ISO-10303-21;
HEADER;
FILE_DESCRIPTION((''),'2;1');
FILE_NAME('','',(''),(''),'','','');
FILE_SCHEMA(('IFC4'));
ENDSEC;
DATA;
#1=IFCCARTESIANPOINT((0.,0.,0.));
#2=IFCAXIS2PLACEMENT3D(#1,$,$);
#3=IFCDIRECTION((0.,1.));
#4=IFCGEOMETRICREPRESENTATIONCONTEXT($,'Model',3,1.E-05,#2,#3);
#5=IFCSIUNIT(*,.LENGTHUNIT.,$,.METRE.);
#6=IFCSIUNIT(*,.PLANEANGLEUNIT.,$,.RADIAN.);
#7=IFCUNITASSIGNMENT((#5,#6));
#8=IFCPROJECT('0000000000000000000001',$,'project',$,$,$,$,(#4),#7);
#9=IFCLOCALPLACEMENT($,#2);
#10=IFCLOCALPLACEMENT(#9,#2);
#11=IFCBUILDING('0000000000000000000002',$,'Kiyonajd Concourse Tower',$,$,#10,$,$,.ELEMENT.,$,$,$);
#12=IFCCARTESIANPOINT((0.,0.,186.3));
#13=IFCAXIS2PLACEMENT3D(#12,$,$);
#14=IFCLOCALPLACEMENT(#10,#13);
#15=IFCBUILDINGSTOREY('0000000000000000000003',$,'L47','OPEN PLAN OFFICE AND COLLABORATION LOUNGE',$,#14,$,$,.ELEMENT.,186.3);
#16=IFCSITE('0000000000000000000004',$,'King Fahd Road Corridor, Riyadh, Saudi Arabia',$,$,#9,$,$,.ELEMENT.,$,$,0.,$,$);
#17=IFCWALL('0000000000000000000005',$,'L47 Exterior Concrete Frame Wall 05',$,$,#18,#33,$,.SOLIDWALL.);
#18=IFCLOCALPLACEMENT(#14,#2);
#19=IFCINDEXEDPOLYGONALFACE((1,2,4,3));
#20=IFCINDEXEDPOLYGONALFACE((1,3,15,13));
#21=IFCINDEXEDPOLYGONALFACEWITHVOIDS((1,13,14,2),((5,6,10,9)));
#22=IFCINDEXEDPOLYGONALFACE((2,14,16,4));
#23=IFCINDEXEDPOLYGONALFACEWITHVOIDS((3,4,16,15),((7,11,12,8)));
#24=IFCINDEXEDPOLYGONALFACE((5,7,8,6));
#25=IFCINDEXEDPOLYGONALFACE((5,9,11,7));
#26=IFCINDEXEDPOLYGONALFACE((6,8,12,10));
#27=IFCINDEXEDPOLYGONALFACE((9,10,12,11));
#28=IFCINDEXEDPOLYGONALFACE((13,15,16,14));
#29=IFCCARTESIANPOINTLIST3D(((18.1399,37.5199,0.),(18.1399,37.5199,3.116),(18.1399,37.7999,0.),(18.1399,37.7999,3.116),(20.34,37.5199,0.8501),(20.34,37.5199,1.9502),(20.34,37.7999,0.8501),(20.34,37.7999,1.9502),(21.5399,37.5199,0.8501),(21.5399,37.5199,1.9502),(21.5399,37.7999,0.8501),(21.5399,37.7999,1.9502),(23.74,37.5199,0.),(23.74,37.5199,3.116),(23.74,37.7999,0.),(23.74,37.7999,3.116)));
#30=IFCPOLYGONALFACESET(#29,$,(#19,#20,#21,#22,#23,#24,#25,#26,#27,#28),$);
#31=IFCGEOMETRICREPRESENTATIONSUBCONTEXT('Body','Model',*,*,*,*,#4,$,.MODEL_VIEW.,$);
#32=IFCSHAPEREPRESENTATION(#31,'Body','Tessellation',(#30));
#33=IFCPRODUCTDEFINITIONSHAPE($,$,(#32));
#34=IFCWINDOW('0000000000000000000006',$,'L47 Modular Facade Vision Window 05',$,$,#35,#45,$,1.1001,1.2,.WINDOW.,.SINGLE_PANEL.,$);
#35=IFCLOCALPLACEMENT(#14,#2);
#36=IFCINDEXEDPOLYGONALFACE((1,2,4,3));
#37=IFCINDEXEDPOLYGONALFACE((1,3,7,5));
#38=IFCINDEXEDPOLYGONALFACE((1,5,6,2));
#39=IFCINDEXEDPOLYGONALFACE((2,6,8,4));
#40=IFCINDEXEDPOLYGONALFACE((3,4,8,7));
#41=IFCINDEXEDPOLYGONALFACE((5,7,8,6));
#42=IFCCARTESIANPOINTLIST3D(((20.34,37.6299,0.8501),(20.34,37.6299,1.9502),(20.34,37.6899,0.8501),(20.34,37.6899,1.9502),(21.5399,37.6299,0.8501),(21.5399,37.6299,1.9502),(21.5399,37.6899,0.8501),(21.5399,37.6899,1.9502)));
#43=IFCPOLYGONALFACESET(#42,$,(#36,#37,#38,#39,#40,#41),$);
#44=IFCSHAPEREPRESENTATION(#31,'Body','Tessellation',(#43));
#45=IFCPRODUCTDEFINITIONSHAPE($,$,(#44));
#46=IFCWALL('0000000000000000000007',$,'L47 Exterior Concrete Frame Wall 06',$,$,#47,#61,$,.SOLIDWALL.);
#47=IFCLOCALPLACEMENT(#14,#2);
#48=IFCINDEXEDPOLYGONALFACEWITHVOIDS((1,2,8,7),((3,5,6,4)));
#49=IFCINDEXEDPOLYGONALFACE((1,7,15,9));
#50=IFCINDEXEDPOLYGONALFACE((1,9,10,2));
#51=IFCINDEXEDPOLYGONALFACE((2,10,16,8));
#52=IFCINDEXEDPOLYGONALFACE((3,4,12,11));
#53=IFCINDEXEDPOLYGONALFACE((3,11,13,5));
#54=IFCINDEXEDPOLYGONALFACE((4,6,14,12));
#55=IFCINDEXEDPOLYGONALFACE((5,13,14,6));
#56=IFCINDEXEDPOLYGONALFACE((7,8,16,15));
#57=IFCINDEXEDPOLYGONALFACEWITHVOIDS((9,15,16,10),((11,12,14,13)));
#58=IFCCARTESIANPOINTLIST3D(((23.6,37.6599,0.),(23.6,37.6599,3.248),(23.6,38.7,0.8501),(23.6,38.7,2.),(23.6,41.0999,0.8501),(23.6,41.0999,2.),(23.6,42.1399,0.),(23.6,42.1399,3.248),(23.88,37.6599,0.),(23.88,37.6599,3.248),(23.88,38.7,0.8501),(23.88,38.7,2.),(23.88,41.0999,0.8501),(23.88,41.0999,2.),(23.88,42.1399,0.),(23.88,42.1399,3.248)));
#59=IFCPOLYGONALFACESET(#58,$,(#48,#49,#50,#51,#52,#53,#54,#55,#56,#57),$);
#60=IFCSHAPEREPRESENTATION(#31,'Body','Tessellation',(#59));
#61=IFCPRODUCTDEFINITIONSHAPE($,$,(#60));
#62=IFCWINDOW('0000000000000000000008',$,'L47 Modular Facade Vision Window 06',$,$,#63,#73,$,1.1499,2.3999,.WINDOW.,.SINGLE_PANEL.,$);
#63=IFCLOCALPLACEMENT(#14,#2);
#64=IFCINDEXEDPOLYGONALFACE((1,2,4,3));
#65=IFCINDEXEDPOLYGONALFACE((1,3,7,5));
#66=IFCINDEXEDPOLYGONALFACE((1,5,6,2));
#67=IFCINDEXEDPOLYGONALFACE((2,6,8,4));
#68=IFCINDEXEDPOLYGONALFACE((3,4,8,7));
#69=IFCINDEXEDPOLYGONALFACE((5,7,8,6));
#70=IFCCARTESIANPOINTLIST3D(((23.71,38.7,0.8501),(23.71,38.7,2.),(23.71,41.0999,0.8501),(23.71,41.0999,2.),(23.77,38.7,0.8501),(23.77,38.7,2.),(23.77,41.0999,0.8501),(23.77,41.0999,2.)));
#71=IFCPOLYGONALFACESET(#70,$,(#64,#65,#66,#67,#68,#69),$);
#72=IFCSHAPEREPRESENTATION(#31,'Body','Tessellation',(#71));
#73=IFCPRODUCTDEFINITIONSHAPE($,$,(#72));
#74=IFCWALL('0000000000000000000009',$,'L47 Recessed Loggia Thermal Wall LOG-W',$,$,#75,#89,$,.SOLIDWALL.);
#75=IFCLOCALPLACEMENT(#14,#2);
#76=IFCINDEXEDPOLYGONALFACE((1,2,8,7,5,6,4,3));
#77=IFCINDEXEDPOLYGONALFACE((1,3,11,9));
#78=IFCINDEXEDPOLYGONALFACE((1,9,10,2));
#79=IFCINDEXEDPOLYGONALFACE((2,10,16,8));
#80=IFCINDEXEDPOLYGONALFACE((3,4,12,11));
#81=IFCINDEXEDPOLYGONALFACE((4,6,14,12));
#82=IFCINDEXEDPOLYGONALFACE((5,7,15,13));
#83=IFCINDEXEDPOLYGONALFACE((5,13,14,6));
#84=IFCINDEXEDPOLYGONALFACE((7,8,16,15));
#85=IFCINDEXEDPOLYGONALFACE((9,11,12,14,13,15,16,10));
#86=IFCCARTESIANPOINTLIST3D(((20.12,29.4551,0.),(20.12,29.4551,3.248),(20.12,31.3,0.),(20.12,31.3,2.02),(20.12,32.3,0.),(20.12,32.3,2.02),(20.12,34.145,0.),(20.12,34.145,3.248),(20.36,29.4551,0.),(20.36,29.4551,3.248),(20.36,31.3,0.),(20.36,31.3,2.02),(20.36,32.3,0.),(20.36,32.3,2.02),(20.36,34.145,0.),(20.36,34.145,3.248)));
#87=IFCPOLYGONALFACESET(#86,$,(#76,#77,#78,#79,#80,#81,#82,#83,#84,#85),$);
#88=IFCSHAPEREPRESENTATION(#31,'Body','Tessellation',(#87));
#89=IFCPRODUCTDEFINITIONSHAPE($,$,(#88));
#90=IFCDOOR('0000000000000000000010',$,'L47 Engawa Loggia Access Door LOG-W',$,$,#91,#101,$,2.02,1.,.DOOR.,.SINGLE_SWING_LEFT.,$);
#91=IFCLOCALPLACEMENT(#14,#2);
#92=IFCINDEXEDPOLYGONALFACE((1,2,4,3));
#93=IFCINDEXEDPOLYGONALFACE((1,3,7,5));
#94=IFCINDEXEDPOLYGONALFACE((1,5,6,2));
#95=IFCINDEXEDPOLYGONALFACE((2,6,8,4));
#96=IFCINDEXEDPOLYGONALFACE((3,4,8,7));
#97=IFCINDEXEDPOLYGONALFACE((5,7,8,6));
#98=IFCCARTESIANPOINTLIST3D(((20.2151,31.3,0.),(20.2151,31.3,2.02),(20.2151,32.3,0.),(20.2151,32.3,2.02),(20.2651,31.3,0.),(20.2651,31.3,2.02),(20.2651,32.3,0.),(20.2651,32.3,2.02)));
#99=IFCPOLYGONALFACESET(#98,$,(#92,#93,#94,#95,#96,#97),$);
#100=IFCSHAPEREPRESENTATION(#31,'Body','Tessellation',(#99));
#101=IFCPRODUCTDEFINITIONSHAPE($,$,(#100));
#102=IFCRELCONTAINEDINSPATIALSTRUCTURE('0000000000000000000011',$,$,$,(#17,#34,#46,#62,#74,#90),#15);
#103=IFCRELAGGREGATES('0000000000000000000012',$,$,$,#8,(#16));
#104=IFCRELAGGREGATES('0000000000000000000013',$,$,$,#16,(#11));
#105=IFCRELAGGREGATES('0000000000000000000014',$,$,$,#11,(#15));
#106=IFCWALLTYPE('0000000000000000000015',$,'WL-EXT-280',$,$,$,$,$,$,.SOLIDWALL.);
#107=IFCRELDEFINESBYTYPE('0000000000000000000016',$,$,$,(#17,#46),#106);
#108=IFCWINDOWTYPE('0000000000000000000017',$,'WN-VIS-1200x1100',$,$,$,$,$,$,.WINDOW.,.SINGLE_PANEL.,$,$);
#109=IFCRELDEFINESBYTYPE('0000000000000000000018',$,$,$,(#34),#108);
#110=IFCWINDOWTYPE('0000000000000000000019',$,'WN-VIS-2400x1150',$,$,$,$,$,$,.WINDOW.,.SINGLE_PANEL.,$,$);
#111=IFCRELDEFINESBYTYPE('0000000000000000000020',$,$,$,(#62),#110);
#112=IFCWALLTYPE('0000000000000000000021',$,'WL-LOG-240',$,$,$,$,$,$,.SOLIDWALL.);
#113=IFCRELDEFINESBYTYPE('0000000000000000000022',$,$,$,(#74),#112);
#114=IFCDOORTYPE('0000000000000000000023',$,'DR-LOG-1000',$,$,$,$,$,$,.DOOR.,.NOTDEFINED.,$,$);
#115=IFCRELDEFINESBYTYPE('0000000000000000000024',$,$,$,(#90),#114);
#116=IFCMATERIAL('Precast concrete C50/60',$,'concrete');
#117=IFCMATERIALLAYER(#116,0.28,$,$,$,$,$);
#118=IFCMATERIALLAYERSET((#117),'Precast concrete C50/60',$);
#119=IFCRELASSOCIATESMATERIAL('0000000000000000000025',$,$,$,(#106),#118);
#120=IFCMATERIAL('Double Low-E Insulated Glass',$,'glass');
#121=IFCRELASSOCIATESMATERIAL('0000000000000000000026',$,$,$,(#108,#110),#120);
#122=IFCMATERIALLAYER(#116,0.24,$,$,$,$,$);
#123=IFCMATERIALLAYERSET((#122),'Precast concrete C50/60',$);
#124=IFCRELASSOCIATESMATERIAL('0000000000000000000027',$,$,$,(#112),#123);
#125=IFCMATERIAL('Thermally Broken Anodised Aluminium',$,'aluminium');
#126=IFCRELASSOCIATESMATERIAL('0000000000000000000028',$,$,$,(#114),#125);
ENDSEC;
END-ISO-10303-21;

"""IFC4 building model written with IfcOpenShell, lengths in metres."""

from ifc_helpers import new_model, si_unit, direction, frame, frame_2d, origin, place, context, subcontext, project, spatial, rectangle, extrude, material, layer, layer_set, type_object, element, fill, save


model = new_model("IFC4")

# Units and contexts
model_context = context("Model", 3, precision=1e-05, world=origin(), true_north=direction((0.0, 1.0)))
body_context = subcontext(model_context, "Body", "Model", "MODEL_VIEW")
ifc_project = project(units=[si_unit("LENGTHUNIT", "METRE"), si_unit("PLANEANGLEUNIT", "RADIAN")], contexts=[model_context])

# Site, building, storey
site_placement = place(None, origin())
site = spatial("IfcSite", under=ifc_project, at=site_placement, Name="King Fahd Road Corridor, Riyadh, Saudi Arabia", CompositionType="ELEMENT", RefElevation=0.0)
building_placement = place(site_placement, origin())
building = spatial("IfcBuilding", under=site, at=building_placement, Name="Kiyonajd Concourse Tower", CompositionType="ELEMENT")
storey_placement = place(building_placement, frame((0.0, 0.0, 186.3)))
storey = spatial("IfcBuildingStorey", under=building, at=storey_placement, Name="L47", Description="OPEN PLAN OFFICE AND COLLABORATION LOUNGE", CompositionType="ELEMENT", Elevation=186.3)

# Shared definitions
ifc_material_1 = material(Name="Thermally Broken Anodised Aluminium", Category="aluminium")

# Shared definitions
ifc_material_2 = material(Name="Precast concrete C50/60", Category="concrete")
ifc_layer_1 = layer(ifc_material_2, 0.28)
ifc_layer_set_1 = layer_set([ifc_layer_1], Name="Precast concrete C50/60")
wall_type_1 = type_object("IfcWallType", Name="WL-EXT-280", PredefinedType="SOLIDWALL", material=ifc_layer_set_1)

# Walls, openings, windows
wall_1_placement = place(storey_placement, frame((18.1399, 37.6599, 0.0), z_axis=(0.0, 0.0, 1.0), x_axis=(1.0, 0.0, 0.0)))
wall_1 = element("IfcWall", 1, at=wall_1_placement, inside=storey, type_object=wall_type_1, Name="L47 Exterior Concrete Frame Wall 05", PredefinedType="SOLIDWALL", context=body_context, shape_type="SweptSolid", body=[
    extrude(rectangle(XDim=5.6001, YDim=0.28, at=frame_2d((2.8, 0.0))), origin(), (0.0, 0.0, 1.0), 3.116),
])
opening_1_placement = place(wall_1_placement, frame((2.2, 0.0, 0.8501)))
opening_1 = element("IfcOpeningElement", 2, at=opening_1_placement, cuts=wall_1, PredefinedType="OPENING", context=body_context, shape_type="SweptSolid", body=[
    extrude(rectangle(XDim=1.2, YDim=1.1001, at=frame_2d((0.6001, 0.55))), frame((0.0, 0.1499, 0.0), z_axis=(0.0, -1.0, 0.0), x_axis=(1.0, 0.0, 0.0)), (0.0, 0.0, 1.0), 0.3),
])
ifc_material_3 = material(Name="Double Low-E Insulated Glass", Category="glass")
window_type_1 = type_object("IfcWindowType", Name="WN-VIS-1200x1100", PartitioningType="SINGLE_PANEL", PredefinedType="WINDOW", material=ifc_material_3)
window_1_placement = place(opening_1_placement, origin())
window_1 = element("IfcWindow", 3, at=window_1_placement, inside=storey, type_object=window_type_1, Name="L47 Modular Facade Vision Window 05", OverallHeight=1.1001, OverallWidth=1.2, PartitioningType="SINGLE_PANEL", PredefinedType="WINDOW", context=body_context, shape_type="SweptSolid", body=[
    extrude(rectangle(XDim=1.2, YDim=1.1001, at=frame_2d((0.6001, 0.55))), frame((0.0, 0.03, 0.0), z_axis=(0.0, -1.0, 0.0), x_axis=(1.0, 0.0, 0.0)), (0.0, 0.0, 1.0), 0.0601),
])
fill(opening_1, window_1)
wall_2_placement = place(storey_placement, frame((23.74, 37.6599, 0.0), z_axis=(0.0, 0.0, 1.0), x_axis=(0.0, 1.0, 0.0)))
wall_2 = element("IfcWall", 4, at=wall_2_placement, inside=storey, type_object=wall_type_1, Name="L47 Exterior Concrete Frame Wall 06", PredefinedType="SOLIDWALL", context=body_context, shape_type="SweptSolid", body=[
    extrude(rectangle(XDim=4.48, YDim=0.28, at=frame_2d((2.24, 0.0))), origin(), (0.0, 0.0, 1.0), 3.248),
])
opening_2_placement = place(wall_2_placement, frame((1.04, 0.0, 0.8501)))
opening_2 = element("IfcOpeningElement", 5, at=opening_2_placement, cuts=wall_2, PredefinedType="OPENING", context=body_context, shape_type="SweptSolid", body=[
    extrude(rectangle(XDim=2.3999, YDim=1.1499, at=frame_2d((1.2, 0.575))), frame((0.0, 0.1499, 0.0), z_axis=(0.0, -1.0, 0.0), x_axis=(1.0, 0.0, 0.0)), (0.0, 0.0, 1.0), 0.3),
])
window_type_2 = type_object("IfcWindowType", Name="WN-VIS-2400x1150", PartitioningType="SINGLE_PANEL", PredefinedType="WINDOW", material=ifc_material_3)
window_2_placement = place(opening_2_placement, origin())
window_2 = element("IfcWindow", 6, at=window_2_placement, inside=storey, type_object=window_type_2, Name="L47 Modular Facade Vision Window 06", OverallHeight=1.1499, OverallWidth=2.3999, PartitioningType="SINGLE_PANEL", PredefinedType="WINDOW", context=body_context, shape_type="SweptSolid", body=[
    extrude(rectangle(XDim=2.3999, YDim=1.1499, at=frame_2d((1.2, 0.575))), frame((0.0, 0.03, 0.0), z_axis=(0.0, -1.0, 0.0), x_axis=(1.0, 0.0, 0.0)), (0.0, 0.0, 1.0), 0.0601),
])
fill(opening_2, window_2)

# Wall, opening, door
ifc_layer_2 = layer(ifc_material_2, 0.24)
ifc_layer_set_2 = layer_set([ifc_layer_2], Name="Precast concrete C50/60")
wall_type_2 = type_object("IfcWallType", Name="WL-LOG-240", PredefinedType="SOLIDWALL", material=ifc_layer_set_2)
wall_3_placement = place(storey_placement, frame((20.24, 29.4551, 0.0), z_axis=(0.0, 0.0, 1.0), x_axis=(0.0, 1.0, 0.0)))
wall_3 = element("IfcWall", 7, at=wall_3_placement, inside=storey, type_object=wall_type_2, Name="L47 Recessed Loggia Thermal Wall LOG-W", PredefinedType="SOLIDWALL", context=body_context, shape_type="SweptSolid", body=[
    extrude(rectangle(XDim=4.6899, YDim=0.24, at=frame_2d((2.345, 0.0))), origin(), (0.0, 0.0, 1.0), 3.248),
])
opening_3_placement = place(wall_3_placement, frame((1.845, 0.0, 0.0)))
opening_3 = element("IfcOpeningElement", 8, at=opening_3_placement, cuts=wall_3, PredefinedType="OPENING", context=body_context, shape_type="SweptSolid", body=[
    extrude(rectangle(XDim=1.0, YDim=2.02, at=frame_2d((0.5, 1.01))), frame((0.0, 0.1299, 0.0), z_axis=(0.0, -1.0, 0.0), x_axis=(1.0, 0.0, 0.0)), (0.0, 0.0, 1.0), 0.26),
])
door_type = type_object("IfcDoorType", Name="DR-LOG-1000", OperationType="NOTDEFINED", PredefinedType="DOOR", material=ifc_material_1)
door_placement = place(opening_3_placement, origin())
door = element("IfcDoor", 9, at=door_placement, inside=storey, type_object=door_type, Name="L47 Engawa Loggia Access Door LOG-W", OperationType="SINGLE_SWING_LEFT", OverallHeight=2.02, OverallWidth=1.0, PredefinedType="DOOR", context=body_context, shape_type="SweptSolid", body=[
    extrude(rectangle(XDim=1.0, YDim=2.02, at=frame_2d((0.5, 1.01))), frame((0.0, 0.0249, 0.0), z_axis=(0.0, -1.0, 0.0), x_axis=(1.0, 0.0, 0.0)), (0.0, 0.0, 1.0), 0.05),
])
fill(opening_3, door)

save(model, "model.ifc")
